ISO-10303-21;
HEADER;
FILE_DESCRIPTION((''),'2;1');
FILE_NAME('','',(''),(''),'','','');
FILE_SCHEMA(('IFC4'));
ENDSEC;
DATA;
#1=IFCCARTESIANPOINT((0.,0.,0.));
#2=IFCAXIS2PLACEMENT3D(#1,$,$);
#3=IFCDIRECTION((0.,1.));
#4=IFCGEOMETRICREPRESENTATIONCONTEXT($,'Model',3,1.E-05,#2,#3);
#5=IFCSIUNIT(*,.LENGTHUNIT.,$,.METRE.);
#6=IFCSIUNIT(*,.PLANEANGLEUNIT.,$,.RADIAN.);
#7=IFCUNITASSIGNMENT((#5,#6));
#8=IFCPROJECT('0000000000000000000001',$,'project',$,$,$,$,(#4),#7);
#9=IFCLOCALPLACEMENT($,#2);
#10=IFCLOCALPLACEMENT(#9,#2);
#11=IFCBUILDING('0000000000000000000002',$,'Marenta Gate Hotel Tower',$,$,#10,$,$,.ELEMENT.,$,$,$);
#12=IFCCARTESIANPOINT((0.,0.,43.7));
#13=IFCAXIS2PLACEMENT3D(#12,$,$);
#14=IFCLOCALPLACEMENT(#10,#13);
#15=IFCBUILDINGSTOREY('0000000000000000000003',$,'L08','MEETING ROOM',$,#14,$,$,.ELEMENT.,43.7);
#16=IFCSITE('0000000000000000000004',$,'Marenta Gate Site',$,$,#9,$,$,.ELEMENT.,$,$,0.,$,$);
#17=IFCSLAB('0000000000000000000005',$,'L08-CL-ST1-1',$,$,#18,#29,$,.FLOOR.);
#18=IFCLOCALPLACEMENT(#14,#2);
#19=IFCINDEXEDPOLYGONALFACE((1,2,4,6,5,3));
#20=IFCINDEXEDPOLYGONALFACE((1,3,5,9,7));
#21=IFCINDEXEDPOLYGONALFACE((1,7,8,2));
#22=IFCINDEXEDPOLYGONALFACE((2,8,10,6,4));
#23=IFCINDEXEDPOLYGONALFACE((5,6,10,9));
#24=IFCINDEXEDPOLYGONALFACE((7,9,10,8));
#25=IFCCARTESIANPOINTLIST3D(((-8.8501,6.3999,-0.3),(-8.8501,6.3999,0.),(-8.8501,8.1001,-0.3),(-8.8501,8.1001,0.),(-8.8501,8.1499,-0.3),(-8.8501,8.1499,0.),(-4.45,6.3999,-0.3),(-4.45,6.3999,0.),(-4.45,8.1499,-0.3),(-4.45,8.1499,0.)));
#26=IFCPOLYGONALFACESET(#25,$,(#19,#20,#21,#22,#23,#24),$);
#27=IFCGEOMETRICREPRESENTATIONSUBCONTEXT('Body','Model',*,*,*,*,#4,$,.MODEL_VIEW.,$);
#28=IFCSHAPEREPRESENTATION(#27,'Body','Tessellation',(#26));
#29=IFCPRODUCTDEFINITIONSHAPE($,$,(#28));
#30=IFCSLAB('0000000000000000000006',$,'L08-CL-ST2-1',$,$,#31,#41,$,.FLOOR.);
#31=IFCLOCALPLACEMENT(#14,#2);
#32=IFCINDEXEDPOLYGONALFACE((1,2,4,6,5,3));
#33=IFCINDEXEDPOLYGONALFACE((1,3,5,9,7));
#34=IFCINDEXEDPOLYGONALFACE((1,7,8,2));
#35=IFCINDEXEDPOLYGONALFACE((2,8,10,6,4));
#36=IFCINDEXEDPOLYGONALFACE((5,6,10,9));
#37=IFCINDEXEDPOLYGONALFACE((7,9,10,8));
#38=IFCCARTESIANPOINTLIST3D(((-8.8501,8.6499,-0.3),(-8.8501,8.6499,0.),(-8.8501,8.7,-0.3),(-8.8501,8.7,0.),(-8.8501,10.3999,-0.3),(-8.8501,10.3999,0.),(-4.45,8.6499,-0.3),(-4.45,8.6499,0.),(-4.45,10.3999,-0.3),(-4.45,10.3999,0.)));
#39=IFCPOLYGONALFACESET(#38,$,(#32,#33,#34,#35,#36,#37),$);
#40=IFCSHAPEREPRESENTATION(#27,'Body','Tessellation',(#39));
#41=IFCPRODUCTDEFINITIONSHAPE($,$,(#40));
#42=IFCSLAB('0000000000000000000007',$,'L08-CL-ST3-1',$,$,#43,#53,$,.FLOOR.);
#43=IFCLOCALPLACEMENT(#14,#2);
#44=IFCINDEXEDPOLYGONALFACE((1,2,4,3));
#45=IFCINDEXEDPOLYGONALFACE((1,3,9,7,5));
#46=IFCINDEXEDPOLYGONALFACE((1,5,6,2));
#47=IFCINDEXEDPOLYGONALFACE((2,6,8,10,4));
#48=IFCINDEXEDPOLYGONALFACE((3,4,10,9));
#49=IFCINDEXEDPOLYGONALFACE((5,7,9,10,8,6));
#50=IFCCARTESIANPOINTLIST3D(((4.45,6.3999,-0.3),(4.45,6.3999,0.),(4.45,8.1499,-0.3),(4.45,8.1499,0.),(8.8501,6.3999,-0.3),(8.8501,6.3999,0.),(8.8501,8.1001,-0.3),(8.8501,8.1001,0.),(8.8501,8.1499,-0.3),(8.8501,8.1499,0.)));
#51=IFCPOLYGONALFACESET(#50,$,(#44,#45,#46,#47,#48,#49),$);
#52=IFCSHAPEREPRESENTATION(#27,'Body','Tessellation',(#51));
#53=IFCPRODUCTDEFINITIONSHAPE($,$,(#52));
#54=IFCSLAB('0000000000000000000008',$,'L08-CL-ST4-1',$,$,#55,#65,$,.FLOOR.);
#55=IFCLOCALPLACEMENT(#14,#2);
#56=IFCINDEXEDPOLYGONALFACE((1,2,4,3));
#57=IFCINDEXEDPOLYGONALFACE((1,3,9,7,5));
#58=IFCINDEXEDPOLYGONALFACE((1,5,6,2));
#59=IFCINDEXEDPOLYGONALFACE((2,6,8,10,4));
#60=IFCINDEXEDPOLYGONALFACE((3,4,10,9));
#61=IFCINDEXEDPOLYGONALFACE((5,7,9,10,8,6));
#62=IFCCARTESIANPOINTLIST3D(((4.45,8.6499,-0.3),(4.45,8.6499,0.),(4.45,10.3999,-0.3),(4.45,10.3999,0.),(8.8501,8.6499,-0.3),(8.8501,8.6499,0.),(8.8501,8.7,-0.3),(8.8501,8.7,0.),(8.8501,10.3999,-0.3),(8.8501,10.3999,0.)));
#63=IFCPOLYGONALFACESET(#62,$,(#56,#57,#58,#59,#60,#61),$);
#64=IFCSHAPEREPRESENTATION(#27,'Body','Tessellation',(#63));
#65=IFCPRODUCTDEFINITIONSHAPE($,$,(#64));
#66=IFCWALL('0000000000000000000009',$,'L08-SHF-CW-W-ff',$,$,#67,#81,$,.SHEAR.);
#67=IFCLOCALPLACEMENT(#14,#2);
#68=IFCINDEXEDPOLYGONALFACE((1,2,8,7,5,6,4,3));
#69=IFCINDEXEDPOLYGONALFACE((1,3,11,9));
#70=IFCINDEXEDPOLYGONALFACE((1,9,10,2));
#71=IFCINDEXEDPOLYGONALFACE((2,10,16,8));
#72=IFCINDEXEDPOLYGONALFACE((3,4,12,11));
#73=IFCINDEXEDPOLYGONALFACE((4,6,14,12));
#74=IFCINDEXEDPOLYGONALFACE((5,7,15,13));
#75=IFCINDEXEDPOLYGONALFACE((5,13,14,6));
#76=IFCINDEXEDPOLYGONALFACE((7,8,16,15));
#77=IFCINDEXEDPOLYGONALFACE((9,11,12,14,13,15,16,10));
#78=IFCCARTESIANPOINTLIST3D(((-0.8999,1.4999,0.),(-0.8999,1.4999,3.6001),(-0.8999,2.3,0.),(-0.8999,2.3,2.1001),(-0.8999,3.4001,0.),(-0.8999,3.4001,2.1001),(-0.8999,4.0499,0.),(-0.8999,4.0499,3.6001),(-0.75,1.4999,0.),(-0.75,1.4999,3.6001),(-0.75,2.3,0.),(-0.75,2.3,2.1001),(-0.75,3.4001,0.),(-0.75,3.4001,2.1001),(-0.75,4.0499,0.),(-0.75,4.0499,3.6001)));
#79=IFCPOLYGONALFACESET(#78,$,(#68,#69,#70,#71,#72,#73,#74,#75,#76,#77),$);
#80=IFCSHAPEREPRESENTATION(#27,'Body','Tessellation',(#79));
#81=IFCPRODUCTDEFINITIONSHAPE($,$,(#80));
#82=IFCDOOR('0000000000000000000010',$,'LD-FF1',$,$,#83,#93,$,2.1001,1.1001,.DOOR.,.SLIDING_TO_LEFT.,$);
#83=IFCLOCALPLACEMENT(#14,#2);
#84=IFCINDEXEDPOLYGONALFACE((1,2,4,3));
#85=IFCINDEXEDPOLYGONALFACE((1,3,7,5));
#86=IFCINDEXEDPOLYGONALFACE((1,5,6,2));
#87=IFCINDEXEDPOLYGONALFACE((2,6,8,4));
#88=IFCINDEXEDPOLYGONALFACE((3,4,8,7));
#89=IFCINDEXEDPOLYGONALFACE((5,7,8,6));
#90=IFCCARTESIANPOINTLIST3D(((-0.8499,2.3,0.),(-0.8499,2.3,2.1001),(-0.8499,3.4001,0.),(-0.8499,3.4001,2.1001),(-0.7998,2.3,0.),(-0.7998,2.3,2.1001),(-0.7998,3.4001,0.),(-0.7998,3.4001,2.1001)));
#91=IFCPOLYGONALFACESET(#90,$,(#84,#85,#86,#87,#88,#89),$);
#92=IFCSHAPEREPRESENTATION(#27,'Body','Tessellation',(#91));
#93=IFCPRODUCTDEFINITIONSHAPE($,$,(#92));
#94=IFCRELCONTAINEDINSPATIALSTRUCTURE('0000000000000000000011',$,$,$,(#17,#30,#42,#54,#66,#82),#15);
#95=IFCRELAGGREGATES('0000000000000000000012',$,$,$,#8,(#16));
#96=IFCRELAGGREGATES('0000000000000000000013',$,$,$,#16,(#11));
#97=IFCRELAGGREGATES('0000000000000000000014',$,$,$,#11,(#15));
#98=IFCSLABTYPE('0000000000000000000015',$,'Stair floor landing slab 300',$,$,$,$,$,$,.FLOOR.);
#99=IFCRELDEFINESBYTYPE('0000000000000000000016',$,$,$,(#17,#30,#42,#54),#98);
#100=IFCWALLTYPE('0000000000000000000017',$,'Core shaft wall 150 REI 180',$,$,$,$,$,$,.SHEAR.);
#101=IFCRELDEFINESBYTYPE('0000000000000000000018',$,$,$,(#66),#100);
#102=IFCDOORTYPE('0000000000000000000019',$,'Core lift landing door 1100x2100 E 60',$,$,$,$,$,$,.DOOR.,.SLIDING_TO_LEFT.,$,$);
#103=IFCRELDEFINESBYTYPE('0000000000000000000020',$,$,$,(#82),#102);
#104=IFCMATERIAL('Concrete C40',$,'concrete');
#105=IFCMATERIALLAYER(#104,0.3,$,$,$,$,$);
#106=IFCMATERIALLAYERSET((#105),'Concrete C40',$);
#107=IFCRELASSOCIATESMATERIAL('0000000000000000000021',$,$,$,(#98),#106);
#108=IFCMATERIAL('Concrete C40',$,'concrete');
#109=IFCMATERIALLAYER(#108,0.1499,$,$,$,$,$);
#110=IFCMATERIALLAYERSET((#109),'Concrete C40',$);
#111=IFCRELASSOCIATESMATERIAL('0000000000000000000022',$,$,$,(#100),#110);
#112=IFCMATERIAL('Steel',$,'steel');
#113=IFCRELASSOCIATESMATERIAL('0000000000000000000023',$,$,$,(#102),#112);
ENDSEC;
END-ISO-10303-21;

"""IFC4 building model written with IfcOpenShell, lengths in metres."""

from ifc_helpers import new_model, si_unit, direction, frame, frame_2d, origin, place, context, subcontext, project, spatial, polyline, rectangle, outline, extrude, material, layer, layer_set, type_object, element, fill, save


model = new_model("IFC4")

# Units and contexts
model_context = context("Model", 3, precision=1e-05, world=origin(), true_north=direction((0.0, 1.0)))
body_context = subcontext(model_context, "Body", "Model", "MODEL_VIEW")
ifc_project = project(units=[si_unit("LENGTHUNIT", "METRE"), si_unit("PLANEANGLEUNIT", "RADIAN")], contexts=[model_context])

# Site, building, storey
site_placement = place(None, origin())
site = spatial("IfcSite", under=ifc_project, at=site_placement, Name="Marenta Gate Site", CompositionType="ELEMENT", RefElevation=0.0)
building_placement = place(site_placement, origin())
building = spatial("IfcBuilding", under=site, at=building_placement, Name="Marenta Gate Hotel Tower", CompositionType="ELEMENT")
storey_placement = place(building_placement, frame((0.0, 0.0, 43.7)))
storey = spatial("IfcBuildingStorey", under=building, at=storey_placement, Name="L08", Description="MEETING ROOM", CompositionType="ELEMENT", Elevation=43.7)

# Slabs
ifc_material_1 = material(Name="Concrete C40", Category="concrete")
ifc_layer_1 = layer(ifc_material_1, 0.3)
ifc_layer_set_1 = layer_set([ifc_layer_1], Name="Concrete C40")
slab_type_1 = type_object("IfcSlabType", Name="Stair floor landing slab 300", PredefinedType="FLOOR", material=ifc_layer_set_1)
slab_1_placement = place(storey_placement, frame((0.0, 0.0, -0.3)))
element("IfcSlab", 1, at=slab_1_placement, inside=storey, type_object=slab_type_1, Name="L08-CL-ST1-1", PredefinedType="FLOOR", context=body_context, shape_type="SweptSolid", body=[
    extrude(outline(polyline([(-4.45, 6.3999), (-8.8501, 6.3999), (-8.8501, 8.1001), (-8.8501, 8.1499), (-4.45, 8.1499), (-4.45, 6.3999)])), origin(), (0.0, 0.0, 1.0), 0.3),
])
slab_2_placement = place(storey_placement, frame((0.0, 0.0, -0.3)))
element("IfcSlab", 2, at=slab_2_placement, inside=storey, type_object=slab_type_1, Name="L08-CL-ST2-1", PredefinedType="FLOOR", context=body_context, shape_type="SweptSolid", body=[
    extrude(outline(polyline([(-4.45, 8.6499), (-8.8501, 8.6499), (-8.8501, 8.7), (-8.8501, 10.3999), (-4.45, 10.3999), (-4.45, 8.6499)])), origin(), (0.0, 0.0, 1.0), 0.3),
])
slab_3_placement = place(storey_placement, frame((0.0, 0.0, -0.3)))
element("IfcSlab", 3, at=slab_3_placement, inside=storey, type_object=slab_type_1, Name="L08-CL-ST3-1", PredefinedType="FLOOR", context=body_context, shape_type="SweptSolid", body=[
    extrude(outline(polyline([(4.45, 6.3999), (4.45, 8.1499), (8.8501, 8.1499), (8.8501, 8.1001), (8.8501, 6.3999), (4.45, 6.3999)])), origin(), (0.0, 0.0, 1.0), 0.3),
])
slab_4_placement = place(storey_placement, frame((0.0, 0.0, -0.3)))
element("IfcSlab", 4, at=slab_4_placement, inside=storey, type_object=slab_type_1, Name="L08-CL-ST4-1", PredefinedType="FLOOR", context=body_context, shape_type="SweptSolid", body=[
    extrude(outline(polyline([(4.45, 8.6499), (4.45, 10.3999), (8.8501, 10.3999), (8.8501, 8.7), (8.8501, 8.6499), (4.45, 8.6499)])), origin(), (0.0, 0.0, 1.0), 0.3),
])

# Wall, opening, door
ifc_material_2 = material(Name="Concrete C40", Category="concrete")
ifc_layer_2 = layer(ifc_material_2, 0.1499)
ifc_layer_set_2 = layer_set([ifc_layer_2], Name="Concrete C40")
wall_type = type_object("IfcWallType", Name="Core shaft wall 150 REI 180", PredefinedType="SHEAR", material=ifc_layer_set_2)
wall_placement = place(storey_placement, frame((-0.825, 1.5, 0.0), z_axis=(0.0, 0.0, 1.0), x_axis=(0.0, 1.0, 0.0)))
wall = element("IfcWall", 5, at=wall_placement, inside=storey, type_object=wall_type, Name="L08-SHF-CW-W-ff", PredefinedType="SHEAR", context=body_context, shape_type="SweptSolid", body=[
    extrude(rectangle(XDim=2.55, YDim=0.1499, at=frame_2d((1.2749, 0.0))), origin(), (0.0, 0.0, 1.0), 3.6001),
])
opening_placement = place(wall_placement, frame((0.8, 0.0, 0.0)))
opening = element("IfcOpeningElement", 6, at=opening_placement, cuts=wall, PredefinedType="OPENING", context=body_context, shape_type="SweptSolid", body=[
    extrude(rectangle(XDim=1.1001, YDim=2.1001, at=frame_2d((0.55, 1.05))), frame((0.0, 0.075, 0.0), z_axis=(0.0, -1.0, 0.0), x_axis=(1.0, 0.0, 0.0)), (0.0, 0.0, 1.0), 0.1499),
])
ifc_material_3 = material(Name="Steel", Category="steel")
door_type = type_object("IfcDoorType", Name="Core lift landing door 1100x2100 E 60", OperationType="SLIDING_TO_LEFT", PredefinedType="DOOR", material=ifc_material_3)
door_placement = place(opening_placement, origin())
door = element("IfcDoor", 7, at=door_placement, inside=storey, type_object=door_type, Name="LD-FF1", OperationType="SLIDING_TO_LEFT", OverallHeight=2.1001, OverallWidth=1.1001, PredefinedType="DOOR", context=body_context, shape_type="SweptSolid", body=[
    extrude(rectangle(XDim=1.1001, YDim=2.1001, at=frame_2d((0.55, 1.05))), frame((0.0, 0.0249, 0.0), z_axis=(0.0, -1.0, 0.0), x_axis=(1.0, 0.0, 0.0)), (0.0, 0.0, 1.0), 0.05),
])
fill(opening, door)

save(model, "model.ifc")
